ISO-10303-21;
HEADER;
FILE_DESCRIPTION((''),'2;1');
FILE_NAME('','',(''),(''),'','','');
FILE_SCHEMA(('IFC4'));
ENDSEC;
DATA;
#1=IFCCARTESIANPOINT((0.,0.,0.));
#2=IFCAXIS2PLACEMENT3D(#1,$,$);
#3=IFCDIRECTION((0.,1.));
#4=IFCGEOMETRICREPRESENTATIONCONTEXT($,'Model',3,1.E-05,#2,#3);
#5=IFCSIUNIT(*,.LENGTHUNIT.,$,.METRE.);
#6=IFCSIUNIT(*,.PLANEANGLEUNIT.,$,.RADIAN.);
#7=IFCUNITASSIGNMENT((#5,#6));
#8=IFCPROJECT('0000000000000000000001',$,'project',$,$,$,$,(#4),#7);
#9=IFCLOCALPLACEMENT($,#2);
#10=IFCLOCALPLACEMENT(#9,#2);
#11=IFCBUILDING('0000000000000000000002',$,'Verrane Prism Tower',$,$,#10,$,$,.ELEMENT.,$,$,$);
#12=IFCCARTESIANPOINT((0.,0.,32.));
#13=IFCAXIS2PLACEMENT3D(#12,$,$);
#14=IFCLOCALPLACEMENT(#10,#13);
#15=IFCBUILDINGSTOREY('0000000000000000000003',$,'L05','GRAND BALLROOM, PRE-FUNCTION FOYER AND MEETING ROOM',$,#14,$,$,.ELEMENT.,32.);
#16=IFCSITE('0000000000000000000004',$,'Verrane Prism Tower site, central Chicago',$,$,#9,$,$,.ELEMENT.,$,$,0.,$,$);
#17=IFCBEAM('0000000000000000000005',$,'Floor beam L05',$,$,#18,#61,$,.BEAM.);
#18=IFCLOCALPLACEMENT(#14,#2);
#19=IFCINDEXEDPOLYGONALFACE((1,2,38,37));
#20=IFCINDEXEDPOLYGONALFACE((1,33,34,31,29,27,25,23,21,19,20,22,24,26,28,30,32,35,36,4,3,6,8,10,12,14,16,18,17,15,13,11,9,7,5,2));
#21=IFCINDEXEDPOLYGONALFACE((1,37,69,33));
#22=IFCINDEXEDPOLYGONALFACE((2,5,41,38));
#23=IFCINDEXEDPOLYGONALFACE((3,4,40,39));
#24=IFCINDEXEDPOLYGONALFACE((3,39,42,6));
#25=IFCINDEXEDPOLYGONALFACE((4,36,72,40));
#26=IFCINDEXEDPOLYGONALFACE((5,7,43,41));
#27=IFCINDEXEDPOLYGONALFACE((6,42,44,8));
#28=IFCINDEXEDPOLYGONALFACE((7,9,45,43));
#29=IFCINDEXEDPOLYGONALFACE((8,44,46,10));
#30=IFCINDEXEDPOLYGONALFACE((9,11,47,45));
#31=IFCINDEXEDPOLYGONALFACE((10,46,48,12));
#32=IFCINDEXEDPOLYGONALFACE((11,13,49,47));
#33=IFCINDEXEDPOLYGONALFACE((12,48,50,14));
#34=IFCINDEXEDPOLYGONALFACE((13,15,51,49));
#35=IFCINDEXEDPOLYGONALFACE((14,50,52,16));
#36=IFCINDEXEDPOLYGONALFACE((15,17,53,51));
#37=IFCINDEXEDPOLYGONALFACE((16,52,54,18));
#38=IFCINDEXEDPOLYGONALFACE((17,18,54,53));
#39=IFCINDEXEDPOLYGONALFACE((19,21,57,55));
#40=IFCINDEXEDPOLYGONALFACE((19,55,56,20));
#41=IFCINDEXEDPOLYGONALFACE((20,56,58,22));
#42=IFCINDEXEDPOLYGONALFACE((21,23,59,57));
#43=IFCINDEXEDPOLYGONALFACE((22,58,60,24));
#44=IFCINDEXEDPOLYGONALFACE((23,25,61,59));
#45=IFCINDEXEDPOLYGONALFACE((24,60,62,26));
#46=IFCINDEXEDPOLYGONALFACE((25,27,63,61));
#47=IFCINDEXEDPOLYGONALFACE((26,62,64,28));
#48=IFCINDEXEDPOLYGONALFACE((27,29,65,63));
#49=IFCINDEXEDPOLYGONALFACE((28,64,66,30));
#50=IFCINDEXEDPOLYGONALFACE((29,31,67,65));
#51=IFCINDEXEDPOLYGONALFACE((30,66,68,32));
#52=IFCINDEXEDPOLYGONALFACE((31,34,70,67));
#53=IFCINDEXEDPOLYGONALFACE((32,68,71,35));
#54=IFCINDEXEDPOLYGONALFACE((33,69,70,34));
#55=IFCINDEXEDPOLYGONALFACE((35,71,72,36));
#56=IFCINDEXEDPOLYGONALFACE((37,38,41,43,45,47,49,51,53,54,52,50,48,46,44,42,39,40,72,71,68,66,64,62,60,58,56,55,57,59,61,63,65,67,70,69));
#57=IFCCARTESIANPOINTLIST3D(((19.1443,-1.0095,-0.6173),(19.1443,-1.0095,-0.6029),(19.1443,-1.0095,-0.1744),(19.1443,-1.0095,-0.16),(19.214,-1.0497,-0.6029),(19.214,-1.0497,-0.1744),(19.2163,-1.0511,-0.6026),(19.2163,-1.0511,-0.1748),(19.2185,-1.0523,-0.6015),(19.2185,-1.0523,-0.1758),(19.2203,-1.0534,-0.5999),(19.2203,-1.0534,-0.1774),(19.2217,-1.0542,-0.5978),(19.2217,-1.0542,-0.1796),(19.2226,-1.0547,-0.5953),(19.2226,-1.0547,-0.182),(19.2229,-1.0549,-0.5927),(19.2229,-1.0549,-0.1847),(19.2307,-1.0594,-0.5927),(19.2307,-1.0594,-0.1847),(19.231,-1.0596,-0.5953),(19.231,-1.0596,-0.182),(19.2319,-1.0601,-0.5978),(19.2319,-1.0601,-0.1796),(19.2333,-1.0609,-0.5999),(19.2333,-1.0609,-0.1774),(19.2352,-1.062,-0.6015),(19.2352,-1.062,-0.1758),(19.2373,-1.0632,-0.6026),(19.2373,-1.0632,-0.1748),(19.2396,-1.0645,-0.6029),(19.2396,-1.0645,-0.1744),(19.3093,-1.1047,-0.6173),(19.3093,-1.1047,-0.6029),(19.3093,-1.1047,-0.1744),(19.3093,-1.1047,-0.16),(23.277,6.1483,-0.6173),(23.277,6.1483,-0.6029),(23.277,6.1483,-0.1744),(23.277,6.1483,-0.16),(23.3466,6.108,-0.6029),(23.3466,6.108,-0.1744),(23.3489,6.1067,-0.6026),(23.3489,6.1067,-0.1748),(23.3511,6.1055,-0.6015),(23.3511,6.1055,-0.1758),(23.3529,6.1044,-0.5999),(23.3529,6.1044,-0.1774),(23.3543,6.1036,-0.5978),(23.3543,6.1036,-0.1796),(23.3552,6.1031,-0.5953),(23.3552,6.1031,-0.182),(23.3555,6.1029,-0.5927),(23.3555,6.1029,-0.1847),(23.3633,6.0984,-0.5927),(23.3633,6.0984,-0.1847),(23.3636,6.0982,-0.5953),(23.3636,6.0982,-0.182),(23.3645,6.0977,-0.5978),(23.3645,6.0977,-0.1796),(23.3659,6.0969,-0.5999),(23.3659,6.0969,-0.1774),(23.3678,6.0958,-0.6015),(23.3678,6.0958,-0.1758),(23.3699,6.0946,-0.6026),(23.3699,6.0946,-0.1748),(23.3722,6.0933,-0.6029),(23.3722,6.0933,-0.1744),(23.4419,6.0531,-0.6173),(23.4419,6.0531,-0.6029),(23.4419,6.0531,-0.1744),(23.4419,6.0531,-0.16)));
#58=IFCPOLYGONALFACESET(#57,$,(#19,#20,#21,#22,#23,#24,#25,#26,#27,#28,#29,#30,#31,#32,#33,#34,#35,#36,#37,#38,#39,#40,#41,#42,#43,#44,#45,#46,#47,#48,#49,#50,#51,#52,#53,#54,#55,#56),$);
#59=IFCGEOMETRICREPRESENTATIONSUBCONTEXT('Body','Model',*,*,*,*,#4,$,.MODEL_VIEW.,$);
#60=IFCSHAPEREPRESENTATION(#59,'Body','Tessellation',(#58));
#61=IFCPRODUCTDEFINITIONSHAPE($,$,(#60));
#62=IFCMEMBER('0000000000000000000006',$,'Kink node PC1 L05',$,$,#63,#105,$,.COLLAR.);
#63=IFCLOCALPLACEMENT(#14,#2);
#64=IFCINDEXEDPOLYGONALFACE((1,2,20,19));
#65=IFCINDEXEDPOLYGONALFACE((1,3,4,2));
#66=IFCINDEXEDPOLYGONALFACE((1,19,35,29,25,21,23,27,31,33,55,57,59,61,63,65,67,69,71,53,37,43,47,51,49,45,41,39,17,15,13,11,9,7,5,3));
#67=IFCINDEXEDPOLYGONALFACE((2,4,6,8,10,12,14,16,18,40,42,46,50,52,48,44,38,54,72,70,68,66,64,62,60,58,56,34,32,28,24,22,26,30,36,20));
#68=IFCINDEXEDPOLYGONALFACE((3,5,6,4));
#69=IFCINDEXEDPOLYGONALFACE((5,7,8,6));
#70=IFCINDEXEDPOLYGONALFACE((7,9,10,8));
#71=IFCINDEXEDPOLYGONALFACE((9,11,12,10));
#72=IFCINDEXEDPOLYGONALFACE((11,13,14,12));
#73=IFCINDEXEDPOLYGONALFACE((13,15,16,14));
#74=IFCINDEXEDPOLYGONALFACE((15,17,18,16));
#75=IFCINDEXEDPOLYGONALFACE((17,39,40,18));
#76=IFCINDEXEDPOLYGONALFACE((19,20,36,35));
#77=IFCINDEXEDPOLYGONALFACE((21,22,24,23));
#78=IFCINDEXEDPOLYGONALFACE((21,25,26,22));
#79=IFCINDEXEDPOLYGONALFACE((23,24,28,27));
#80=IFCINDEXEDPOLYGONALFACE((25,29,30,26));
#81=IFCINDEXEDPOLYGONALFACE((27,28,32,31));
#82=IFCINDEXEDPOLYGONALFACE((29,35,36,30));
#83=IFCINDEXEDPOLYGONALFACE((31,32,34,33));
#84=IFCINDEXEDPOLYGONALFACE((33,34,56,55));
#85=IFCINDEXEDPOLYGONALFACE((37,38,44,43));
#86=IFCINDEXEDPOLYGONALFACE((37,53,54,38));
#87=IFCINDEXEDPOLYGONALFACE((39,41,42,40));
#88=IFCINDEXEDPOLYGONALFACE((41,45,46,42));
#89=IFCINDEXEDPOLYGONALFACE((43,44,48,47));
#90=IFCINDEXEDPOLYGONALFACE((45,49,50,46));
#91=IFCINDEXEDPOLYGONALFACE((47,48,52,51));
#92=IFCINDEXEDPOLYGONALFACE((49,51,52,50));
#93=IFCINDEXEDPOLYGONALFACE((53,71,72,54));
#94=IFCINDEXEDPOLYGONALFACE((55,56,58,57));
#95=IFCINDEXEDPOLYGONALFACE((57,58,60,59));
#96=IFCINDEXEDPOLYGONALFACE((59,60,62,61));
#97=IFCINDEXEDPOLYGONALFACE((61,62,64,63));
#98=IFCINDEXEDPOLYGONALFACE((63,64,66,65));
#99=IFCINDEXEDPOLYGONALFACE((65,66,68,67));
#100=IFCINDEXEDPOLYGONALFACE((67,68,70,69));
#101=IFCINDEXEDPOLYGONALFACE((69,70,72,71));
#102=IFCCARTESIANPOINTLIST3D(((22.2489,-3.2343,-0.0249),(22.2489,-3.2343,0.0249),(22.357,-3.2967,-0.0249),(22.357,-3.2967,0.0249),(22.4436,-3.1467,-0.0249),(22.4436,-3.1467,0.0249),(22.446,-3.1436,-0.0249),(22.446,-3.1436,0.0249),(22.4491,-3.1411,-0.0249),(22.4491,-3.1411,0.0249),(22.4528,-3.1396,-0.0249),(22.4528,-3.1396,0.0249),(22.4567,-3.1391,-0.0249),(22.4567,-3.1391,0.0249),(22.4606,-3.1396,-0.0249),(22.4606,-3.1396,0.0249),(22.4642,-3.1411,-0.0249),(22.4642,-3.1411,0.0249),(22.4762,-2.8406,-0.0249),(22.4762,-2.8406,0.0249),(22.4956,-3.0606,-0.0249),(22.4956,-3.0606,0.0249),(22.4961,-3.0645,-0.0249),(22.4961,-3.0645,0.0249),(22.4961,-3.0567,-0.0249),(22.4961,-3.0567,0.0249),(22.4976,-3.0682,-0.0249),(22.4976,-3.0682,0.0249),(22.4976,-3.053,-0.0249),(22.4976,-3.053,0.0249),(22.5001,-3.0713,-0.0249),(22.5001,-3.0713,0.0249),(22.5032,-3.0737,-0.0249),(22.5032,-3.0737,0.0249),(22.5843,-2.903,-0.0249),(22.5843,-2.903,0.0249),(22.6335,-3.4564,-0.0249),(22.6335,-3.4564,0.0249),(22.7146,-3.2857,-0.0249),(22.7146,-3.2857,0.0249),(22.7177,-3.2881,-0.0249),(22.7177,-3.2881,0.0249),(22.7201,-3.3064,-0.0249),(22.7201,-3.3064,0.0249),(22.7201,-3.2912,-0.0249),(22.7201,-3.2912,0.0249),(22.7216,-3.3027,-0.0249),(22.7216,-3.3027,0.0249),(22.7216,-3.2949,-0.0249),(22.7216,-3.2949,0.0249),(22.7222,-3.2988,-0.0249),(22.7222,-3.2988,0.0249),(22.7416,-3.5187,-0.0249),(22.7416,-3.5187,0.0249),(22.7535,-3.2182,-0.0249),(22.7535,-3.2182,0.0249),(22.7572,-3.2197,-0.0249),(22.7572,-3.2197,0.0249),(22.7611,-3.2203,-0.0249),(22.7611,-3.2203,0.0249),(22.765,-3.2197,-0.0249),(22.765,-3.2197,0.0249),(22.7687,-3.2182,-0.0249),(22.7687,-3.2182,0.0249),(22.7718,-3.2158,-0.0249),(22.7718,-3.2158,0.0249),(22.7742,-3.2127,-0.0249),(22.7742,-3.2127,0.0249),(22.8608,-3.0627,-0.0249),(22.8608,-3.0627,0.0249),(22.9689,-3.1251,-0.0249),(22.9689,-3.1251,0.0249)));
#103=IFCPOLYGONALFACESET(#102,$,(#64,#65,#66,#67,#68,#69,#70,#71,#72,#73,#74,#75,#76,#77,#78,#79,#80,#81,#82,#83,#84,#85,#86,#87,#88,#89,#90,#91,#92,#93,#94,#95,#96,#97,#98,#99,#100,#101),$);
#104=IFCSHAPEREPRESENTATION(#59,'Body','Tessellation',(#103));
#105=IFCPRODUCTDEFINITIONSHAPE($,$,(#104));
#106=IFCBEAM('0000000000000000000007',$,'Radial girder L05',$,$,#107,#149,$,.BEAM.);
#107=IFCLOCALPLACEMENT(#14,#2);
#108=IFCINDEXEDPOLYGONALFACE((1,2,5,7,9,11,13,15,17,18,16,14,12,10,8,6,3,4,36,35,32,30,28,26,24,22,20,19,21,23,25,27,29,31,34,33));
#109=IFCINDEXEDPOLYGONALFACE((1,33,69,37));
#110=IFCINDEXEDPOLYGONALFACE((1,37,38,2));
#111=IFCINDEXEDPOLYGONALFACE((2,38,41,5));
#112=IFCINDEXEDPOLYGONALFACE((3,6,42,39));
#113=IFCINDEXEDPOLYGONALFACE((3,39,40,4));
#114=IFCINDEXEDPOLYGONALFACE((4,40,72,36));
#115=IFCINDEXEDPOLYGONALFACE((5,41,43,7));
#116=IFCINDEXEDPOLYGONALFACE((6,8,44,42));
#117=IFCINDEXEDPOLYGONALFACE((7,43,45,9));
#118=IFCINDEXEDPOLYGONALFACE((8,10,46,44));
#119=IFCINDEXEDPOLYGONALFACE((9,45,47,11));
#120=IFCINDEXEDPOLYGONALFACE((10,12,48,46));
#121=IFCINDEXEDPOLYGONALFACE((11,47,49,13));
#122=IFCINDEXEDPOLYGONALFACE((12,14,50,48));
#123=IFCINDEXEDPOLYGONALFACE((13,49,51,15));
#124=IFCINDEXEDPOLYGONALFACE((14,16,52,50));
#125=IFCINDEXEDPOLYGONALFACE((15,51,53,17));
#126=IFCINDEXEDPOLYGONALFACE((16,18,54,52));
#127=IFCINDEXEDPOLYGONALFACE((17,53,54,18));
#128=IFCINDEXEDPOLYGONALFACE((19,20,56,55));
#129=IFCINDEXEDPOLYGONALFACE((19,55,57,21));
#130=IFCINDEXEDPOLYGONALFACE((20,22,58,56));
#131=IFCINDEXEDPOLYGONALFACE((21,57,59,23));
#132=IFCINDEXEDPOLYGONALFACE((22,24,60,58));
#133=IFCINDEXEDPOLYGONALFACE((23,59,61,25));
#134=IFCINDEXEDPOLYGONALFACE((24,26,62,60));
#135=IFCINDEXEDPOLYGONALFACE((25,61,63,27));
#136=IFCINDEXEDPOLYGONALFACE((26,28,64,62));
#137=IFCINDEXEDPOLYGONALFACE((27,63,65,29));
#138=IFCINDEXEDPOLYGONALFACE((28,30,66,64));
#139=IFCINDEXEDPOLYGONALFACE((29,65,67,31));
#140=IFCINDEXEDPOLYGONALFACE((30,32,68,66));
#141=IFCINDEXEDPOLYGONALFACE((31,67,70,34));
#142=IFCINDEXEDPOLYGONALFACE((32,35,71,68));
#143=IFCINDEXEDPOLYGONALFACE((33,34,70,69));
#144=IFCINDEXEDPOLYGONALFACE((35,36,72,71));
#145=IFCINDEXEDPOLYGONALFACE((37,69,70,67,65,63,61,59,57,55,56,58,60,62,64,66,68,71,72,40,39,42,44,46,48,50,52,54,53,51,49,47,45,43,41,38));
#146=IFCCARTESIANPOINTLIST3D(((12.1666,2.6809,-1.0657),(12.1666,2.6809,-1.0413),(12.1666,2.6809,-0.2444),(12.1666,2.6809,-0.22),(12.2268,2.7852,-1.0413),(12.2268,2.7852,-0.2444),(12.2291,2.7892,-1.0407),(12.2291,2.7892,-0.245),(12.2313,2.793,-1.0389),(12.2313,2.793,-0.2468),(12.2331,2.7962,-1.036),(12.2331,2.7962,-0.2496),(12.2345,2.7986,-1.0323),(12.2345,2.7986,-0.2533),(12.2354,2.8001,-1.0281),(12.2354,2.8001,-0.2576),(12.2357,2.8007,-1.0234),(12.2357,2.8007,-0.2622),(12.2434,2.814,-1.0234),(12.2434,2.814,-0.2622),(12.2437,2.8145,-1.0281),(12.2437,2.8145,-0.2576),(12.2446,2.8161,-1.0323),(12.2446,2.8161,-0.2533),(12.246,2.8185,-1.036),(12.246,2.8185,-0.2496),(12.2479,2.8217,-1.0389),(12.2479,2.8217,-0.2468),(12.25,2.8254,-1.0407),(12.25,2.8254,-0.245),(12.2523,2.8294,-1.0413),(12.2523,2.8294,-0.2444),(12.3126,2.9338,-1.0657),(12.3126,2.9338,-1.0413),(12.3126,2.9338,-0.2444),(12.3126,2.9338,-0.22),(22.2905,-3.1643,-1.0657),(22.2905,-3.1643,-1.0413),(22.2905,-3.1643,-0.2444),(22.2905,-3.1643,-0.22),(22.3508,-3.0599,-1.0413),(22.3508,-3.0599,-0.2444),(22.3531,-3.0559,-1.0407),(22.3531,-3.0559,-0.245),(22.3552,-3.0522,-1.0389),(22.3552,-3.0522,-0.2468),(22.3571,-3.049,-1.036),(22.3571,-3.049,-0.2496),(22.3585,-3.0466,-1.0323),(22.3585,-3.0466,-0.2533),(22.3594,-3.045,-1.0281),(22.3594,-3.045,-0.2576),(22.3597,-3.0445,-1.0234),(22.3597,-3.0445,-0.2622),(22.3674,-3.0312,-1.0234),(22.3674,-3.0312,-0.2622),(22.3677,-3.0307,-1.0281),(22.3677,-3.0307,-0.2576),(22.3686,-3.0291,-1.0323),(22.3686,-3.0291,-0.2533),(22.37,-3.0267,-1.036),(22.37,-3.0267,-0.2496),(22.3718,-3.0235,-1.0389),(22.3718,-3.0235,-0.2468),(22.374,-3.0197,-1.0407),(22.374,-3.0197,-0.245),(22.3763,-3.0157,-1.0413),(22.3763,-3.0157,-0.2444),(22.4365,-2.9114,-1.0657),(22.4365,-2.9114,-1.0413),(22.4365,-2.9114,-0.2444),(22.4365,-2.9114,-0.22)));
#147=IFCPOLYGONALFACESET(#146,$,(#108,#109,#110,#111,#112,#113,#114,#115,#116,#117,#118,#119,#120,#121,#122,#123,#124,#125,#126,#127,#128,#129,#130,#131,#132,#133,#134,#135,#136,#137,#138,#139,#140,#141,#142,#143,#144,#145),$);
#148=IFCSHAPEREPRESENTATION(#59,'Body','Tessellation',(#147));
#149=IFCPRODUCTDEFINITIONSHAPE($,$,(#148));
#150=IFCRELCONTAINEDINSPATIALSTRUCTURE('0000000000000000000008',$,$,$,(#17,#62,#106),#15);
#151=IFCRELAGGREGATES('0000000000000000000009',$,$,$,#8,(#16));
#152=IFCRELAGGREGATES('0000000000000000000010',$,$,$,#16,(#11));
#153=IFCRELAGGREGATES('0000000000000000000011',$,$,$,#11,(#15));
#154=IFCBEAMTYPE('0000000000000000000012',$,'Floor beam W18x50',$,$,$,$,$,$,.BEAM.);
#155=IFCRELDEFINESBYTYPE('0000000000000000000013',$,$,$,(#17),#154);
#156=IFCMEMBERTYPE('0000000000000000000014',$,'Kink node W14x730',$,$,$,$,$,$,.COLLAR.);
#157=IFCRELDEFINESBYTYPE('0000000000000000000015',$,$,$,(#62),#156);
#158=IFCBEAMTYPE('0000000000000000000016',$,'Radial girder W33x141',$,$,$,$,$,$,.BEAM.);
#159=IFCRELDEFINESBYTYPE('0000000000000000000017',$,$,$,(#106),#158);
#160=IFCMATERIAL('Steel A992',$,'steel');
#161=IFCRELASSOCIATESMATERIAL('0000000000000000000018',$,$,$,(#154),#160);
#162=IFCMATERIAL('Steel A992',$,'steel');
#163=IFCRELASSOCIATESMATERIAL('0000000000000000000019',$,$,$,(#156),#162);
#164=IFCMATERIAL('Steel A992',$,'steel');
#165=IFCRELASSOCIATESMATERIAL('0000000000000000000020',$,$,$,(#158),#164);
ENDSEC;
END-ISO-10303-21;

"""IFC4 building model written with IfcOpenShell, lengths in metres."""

from ifc_helpers import new_model, si_unit, direction, frame, origin, origin_2d, place, context, subcontext, project, spatial, i_section, extrude, material, material_profile, profile_set, type_object, element, save


model = new_model("IFC4")

# Units and contexts
model_context = context("Model", 3, precision=1e-05, world=origin(), true_north=direction((0.0, 1.0)))
body_context = subcontext(model_context, "Body", "Model", "MODEL_VIEW")
ifc_project = project(units=[si_unit("LENGTHUNIT", "METRE"), si_unit("PLANEANGLEUNIT", "RADIAN")], contexts=[model_context])

# Site, building, storey
site_placement = place(None, origin())
site = spatial("IfcSite", under=ifc_project, at=site_placement, Name="Verrane Prism Tower site, central Chicago", CompositionType="ELEMENT", RefElevation=0.0)
building_placement = place(site_placement, origin())
building = spatial("IfcBuilding", under=site, at=building_placement, Name="Verrane Prism Tower", CompositionType="ELEMENT")
storey_placement = place(building_placement, frame((0.0, 0.0, 32.0)))
storey = spatial("IfcBuildingStorey", under=building, at=storey_placement, Name="L05", Description="GRAND BALLROOM, PRE-FUNCTION FOYER AND MEETING ROOM", CompositionType="ELEMENT", Elevation=32.0)

# Beam
ifc_material_1 = material(Name="Steel A992", Category="steel")
ifc_material_profile_1 = material_profile(ifc_material_1, i_section(OverallWidth=0.1904, OverallDepth=0.4573, WebThickness=0.009, FlangeThickness=0.0144, FilletRadius=0.0103, at=origin_2d()), Name="W18x50")
ifc_profile_set_1 = profile_set([ifc_material_profile_1], Name="Steel A992")
beam_type_1 = type_object("IfcBeamType", Name="Floor beam W18x50", PredefinedType="BEAM", material=ifc_profile_set_1)
beam_1_placement = place(storey_placement, frame((19.2268, -1.0571, -0.3887), z_axis=(0.500005, 0.866022, 0.0), x_axis=(-0.866022, 0.500005, 0.0)))
element("IfcBeam", 1, at=beam_1_placement, inside=storey, type_object=beam_type_1, Name="Floor beam L05", PredefinedType="BEAM", context=body_context, shape_type="SweptSolid", body=[
    extrude(i_section(OverallWidth=0.1904, OverallDepth=0.4573, WebThickness=0.009, FlangeThickness=0.0144, FilletRadius=0.0103, at=origin_2d()), origin(), (0.0, 0.0, 1.0), 8.2651),
])

# Member
ifc_material_2 = material(Name="Steel A992", Category="steel")
ifc_material_profile_2 = material_profile(ifc_material_2, i_section(OverallWidth=0.4546, OverallDepth=0.5688, WebThickness=0.0779, FlangeThickness=0.1248, FilletRadius=0.0151, at=origin_2d()), Name="W14x730")
ifc_profile_set_2 = profile_set([ifc_material_profile_2], Name="Steel A992")
member_type_1 = type_object("IfcMemberType", Name="Kink node W14x730", PredefinedType="COLLAR", material=ifc_profile_set_2)
member_1_placement = place(storey_placement, frame((22.6089, -3.1797, -0.0249), z_axis=(0.0, 0.0, 1.0), x_axis=(-0.5, -0.866025, 0.0)))
element("IfcMember", 2, at=member_1_placement, inside=storey, type_object=member_type_1, Name="Kink node PC1 L05", PredefinedType="COLLAR", context=body_context, shape_type="SweptSolid", body=[
    extrude(i_section(OverallWidth=0.4546, OverallDepth=0.5688, WebThickness=0.0779, FlangeThickness=0.1248, FilletRadius=0.0151, at=origin_2d()), origin(), (0.0, 0.0, 1.0), 0.0498),
])

# Beam
ifc_material_3 = material(Name="Steel A992", Category="steel")
ifc_material_profile_3 = material_profile(ifc_material_3, i_section(OverallWidth=0.292, OverallDepth=0.8457, WebThickness=0.0154, FlangeThickness=0.0244, FilletRadius=0.0178, at=origin_2d()), Name="W33x141")
ifc_profile_set_3 = profile_set([ifc_material_profile_3], Name="Steel A992")
beam_type_2 = type_object("IfcBeamType", Name="Radial girder W33x141", PredefinedType="BEAM", material=ifc_profile_set_3)
beam_2_placement = place(storey_placement, frame((22.3635, -3.0378, -0.6428), z_axis=(-0.866021, 0.500007, 0.0), x_axis=(-0.500007, -0.866021, 0.0)))
element("IfcBeam", 3, at=beam_2_placement, inside=storey, type_object=beam_type_2, Name="Radial girder L05", PredefinedType="BEAM", context=body_context, shape_type="SweptSolid", body=[
    extrude(i_section(OverallWidth=0.292, OverallDepth=0.8457, WebThickness=0.0154, FlangeThickness=0.0244, FilletRadius=0.0178, at=origin_2d()), origin(), (0.0, 0.0, 1.0), 11.6902),
])

save(model, "model.ifc")
